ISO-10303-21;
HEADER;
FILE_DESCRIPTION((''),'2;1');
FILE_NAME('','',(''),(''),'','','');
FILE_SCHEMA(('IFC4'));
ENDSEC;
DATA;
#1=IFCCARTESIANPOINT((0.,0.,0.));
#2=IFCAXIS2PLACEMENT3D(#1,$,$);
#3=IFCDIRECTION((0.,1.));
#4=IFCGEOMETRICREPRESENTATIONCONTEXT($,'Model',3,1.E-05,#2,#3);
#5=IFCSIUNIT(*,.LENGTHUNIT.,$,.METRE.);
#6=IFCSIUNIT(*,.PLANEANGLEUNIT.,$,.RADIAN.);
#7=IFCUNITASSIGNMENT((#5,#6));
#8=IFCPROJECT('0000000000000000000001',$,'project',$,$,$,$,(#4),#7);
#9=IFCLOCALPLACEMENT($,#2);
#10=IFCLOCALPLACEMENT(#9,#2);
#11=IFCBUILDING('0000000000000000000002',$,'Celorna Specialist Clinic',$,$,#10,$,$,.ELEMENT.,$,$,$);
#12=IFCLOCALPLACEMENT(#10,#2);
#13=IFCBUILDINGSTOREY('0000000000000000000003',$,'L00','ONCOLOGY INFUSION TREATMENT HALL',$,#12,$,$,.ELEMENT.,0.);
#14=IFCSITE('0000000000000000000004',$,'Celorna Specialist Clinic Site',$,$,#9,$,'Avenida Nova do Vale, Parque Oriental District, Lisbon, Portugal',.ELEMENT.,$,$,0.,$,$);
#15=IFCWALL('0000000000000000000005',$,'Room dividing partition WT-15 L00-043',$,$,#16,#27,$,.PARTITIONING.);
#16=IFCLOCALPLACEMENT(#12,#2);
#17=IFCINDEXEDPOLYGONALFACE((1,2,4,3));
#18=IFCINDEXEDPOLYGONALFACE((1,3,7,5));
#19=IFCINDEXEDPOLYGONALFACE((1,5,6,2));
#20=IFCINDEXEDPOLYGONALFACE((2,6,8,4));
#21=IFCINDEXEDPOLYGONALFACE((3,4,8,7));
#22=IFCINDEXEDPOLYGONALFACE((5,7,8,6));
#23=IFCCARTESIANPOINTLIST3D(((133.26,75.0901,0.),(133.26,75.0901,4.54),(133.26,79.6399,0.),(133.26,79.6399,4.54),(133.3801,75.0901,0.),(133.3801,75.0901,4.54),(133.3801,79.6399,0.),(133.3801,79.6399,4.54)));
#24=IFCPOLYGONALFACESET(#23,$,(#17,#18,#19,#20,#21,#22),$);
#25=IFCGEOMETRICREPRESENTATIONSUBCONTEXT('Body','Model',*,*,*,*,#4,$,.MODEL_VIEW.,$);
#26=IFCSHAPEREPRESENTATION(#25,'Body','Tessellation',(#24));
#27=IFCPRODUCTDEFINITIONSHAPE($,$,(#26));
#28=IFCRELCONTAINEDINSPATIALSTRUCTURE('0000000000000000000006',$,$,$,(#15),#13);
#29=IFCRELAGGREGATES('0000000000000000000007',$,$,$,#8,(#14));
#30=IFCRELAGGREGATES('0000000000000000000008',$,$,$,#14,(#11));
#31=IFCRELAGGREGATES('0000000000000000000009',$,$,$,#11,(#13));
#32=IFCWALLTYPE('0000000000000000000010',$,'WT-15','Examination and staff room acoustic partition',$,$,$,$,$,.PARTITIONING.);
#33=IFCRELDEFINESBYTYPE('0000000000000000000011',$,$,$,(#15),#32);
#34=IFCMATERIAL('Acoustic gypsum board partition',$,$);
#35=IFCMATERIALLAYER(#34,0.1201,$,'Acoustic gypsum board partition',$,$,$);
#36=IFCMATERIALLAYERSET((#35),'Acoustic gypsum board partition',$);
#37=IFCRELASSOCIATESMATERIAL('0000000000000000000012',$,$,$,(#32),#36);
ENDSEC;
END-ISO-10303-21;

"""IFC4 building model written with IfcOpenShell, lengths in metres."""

from ifc_helpers import new_model, si_unit, direction, frame, frame_2d, origin, place, context, subcontext, project, spatial, rectangle, extrude, material, layer, layer_set, type_object, element, save


model = new_model("IFC4")

# Units and contexts
model_context = context("Model", 3, precision=1e-05, world=origin(), true_north=direction((0.0, 1.0)))
body_context = subcontext(model_context, "Body", "Model", "MODEL_VIEW")
ifc_project = project(units=[si_unit("LENGTHUNIT", "METRE"), si_unit("PLANEANGLEUNIT", "RADIAN")], contexts=[model_context])

# Site, building, storey
site_placement = place(None, origin())
site = spatial("IfcSite", under=ifc_project, at=site_placement, Name="Celorna Specialist Clinic Site", LongName="Avenida Nova do Vale, Parque Oriental District, Lisbon, Portugal", CompositionType="ELEMENT", RefElevation=0.0)
building_placement = place(site_placement, origin())
building = spatial("IfcBuilding", under=site, at=building_placement, Name="Celorna Specialist Clinic", CompositionType="ELEMENT")
storey_placement = place(building_placement, origin())
storey = spatial("IfcBuildingStorey", under=building, at=storey_placement, Name="L00", Description="ONCOLOGY INFUSION TREATMENT HALL", CompositionType="ELEMENT", Elevation=0.0)

# Shared definitions
ifc_material_1 = material(Name="Acoustic gypsum board partition")
ifc_layer_1 = layer(ifc_material_1, 0.1201, Name="Acoustic gypsum board partition")
ifc_layer_set_1 = layer_set([ifc_layer_1], Name="Acoustic gypsum board partition")
wall_type_1 = type_object("IfcWallType", Name="WT-15", Description="Examination and staff room acoustic partition", PredefinedType="PARTITIONING", material=ifc_layer_set_1)

# Wall
wall_1_placement = place(storey_placement, frame((133.3201, 75.0901, 0.0), z_axis=(0.0, 0.0, 1.0), x_axis=(0.0, 1.0, 0.0)))
element("IfcWall", 1, at=wall_1_placement, inside=storey, type_object=wall_type_1, Name="Room dividing partition WT-15 L00-043", PredefinedType="PARTITIONING", context=body_context, shape_type="SweptSolid", body=[
    extrude(rectangle(XDim=4.5498, YDim=0.1201, at=frame_2d((2.2749, 0.0))), origin(), (0.0, 0.0, 1.0), 4.54),
])

save(model, "model.ifc")
